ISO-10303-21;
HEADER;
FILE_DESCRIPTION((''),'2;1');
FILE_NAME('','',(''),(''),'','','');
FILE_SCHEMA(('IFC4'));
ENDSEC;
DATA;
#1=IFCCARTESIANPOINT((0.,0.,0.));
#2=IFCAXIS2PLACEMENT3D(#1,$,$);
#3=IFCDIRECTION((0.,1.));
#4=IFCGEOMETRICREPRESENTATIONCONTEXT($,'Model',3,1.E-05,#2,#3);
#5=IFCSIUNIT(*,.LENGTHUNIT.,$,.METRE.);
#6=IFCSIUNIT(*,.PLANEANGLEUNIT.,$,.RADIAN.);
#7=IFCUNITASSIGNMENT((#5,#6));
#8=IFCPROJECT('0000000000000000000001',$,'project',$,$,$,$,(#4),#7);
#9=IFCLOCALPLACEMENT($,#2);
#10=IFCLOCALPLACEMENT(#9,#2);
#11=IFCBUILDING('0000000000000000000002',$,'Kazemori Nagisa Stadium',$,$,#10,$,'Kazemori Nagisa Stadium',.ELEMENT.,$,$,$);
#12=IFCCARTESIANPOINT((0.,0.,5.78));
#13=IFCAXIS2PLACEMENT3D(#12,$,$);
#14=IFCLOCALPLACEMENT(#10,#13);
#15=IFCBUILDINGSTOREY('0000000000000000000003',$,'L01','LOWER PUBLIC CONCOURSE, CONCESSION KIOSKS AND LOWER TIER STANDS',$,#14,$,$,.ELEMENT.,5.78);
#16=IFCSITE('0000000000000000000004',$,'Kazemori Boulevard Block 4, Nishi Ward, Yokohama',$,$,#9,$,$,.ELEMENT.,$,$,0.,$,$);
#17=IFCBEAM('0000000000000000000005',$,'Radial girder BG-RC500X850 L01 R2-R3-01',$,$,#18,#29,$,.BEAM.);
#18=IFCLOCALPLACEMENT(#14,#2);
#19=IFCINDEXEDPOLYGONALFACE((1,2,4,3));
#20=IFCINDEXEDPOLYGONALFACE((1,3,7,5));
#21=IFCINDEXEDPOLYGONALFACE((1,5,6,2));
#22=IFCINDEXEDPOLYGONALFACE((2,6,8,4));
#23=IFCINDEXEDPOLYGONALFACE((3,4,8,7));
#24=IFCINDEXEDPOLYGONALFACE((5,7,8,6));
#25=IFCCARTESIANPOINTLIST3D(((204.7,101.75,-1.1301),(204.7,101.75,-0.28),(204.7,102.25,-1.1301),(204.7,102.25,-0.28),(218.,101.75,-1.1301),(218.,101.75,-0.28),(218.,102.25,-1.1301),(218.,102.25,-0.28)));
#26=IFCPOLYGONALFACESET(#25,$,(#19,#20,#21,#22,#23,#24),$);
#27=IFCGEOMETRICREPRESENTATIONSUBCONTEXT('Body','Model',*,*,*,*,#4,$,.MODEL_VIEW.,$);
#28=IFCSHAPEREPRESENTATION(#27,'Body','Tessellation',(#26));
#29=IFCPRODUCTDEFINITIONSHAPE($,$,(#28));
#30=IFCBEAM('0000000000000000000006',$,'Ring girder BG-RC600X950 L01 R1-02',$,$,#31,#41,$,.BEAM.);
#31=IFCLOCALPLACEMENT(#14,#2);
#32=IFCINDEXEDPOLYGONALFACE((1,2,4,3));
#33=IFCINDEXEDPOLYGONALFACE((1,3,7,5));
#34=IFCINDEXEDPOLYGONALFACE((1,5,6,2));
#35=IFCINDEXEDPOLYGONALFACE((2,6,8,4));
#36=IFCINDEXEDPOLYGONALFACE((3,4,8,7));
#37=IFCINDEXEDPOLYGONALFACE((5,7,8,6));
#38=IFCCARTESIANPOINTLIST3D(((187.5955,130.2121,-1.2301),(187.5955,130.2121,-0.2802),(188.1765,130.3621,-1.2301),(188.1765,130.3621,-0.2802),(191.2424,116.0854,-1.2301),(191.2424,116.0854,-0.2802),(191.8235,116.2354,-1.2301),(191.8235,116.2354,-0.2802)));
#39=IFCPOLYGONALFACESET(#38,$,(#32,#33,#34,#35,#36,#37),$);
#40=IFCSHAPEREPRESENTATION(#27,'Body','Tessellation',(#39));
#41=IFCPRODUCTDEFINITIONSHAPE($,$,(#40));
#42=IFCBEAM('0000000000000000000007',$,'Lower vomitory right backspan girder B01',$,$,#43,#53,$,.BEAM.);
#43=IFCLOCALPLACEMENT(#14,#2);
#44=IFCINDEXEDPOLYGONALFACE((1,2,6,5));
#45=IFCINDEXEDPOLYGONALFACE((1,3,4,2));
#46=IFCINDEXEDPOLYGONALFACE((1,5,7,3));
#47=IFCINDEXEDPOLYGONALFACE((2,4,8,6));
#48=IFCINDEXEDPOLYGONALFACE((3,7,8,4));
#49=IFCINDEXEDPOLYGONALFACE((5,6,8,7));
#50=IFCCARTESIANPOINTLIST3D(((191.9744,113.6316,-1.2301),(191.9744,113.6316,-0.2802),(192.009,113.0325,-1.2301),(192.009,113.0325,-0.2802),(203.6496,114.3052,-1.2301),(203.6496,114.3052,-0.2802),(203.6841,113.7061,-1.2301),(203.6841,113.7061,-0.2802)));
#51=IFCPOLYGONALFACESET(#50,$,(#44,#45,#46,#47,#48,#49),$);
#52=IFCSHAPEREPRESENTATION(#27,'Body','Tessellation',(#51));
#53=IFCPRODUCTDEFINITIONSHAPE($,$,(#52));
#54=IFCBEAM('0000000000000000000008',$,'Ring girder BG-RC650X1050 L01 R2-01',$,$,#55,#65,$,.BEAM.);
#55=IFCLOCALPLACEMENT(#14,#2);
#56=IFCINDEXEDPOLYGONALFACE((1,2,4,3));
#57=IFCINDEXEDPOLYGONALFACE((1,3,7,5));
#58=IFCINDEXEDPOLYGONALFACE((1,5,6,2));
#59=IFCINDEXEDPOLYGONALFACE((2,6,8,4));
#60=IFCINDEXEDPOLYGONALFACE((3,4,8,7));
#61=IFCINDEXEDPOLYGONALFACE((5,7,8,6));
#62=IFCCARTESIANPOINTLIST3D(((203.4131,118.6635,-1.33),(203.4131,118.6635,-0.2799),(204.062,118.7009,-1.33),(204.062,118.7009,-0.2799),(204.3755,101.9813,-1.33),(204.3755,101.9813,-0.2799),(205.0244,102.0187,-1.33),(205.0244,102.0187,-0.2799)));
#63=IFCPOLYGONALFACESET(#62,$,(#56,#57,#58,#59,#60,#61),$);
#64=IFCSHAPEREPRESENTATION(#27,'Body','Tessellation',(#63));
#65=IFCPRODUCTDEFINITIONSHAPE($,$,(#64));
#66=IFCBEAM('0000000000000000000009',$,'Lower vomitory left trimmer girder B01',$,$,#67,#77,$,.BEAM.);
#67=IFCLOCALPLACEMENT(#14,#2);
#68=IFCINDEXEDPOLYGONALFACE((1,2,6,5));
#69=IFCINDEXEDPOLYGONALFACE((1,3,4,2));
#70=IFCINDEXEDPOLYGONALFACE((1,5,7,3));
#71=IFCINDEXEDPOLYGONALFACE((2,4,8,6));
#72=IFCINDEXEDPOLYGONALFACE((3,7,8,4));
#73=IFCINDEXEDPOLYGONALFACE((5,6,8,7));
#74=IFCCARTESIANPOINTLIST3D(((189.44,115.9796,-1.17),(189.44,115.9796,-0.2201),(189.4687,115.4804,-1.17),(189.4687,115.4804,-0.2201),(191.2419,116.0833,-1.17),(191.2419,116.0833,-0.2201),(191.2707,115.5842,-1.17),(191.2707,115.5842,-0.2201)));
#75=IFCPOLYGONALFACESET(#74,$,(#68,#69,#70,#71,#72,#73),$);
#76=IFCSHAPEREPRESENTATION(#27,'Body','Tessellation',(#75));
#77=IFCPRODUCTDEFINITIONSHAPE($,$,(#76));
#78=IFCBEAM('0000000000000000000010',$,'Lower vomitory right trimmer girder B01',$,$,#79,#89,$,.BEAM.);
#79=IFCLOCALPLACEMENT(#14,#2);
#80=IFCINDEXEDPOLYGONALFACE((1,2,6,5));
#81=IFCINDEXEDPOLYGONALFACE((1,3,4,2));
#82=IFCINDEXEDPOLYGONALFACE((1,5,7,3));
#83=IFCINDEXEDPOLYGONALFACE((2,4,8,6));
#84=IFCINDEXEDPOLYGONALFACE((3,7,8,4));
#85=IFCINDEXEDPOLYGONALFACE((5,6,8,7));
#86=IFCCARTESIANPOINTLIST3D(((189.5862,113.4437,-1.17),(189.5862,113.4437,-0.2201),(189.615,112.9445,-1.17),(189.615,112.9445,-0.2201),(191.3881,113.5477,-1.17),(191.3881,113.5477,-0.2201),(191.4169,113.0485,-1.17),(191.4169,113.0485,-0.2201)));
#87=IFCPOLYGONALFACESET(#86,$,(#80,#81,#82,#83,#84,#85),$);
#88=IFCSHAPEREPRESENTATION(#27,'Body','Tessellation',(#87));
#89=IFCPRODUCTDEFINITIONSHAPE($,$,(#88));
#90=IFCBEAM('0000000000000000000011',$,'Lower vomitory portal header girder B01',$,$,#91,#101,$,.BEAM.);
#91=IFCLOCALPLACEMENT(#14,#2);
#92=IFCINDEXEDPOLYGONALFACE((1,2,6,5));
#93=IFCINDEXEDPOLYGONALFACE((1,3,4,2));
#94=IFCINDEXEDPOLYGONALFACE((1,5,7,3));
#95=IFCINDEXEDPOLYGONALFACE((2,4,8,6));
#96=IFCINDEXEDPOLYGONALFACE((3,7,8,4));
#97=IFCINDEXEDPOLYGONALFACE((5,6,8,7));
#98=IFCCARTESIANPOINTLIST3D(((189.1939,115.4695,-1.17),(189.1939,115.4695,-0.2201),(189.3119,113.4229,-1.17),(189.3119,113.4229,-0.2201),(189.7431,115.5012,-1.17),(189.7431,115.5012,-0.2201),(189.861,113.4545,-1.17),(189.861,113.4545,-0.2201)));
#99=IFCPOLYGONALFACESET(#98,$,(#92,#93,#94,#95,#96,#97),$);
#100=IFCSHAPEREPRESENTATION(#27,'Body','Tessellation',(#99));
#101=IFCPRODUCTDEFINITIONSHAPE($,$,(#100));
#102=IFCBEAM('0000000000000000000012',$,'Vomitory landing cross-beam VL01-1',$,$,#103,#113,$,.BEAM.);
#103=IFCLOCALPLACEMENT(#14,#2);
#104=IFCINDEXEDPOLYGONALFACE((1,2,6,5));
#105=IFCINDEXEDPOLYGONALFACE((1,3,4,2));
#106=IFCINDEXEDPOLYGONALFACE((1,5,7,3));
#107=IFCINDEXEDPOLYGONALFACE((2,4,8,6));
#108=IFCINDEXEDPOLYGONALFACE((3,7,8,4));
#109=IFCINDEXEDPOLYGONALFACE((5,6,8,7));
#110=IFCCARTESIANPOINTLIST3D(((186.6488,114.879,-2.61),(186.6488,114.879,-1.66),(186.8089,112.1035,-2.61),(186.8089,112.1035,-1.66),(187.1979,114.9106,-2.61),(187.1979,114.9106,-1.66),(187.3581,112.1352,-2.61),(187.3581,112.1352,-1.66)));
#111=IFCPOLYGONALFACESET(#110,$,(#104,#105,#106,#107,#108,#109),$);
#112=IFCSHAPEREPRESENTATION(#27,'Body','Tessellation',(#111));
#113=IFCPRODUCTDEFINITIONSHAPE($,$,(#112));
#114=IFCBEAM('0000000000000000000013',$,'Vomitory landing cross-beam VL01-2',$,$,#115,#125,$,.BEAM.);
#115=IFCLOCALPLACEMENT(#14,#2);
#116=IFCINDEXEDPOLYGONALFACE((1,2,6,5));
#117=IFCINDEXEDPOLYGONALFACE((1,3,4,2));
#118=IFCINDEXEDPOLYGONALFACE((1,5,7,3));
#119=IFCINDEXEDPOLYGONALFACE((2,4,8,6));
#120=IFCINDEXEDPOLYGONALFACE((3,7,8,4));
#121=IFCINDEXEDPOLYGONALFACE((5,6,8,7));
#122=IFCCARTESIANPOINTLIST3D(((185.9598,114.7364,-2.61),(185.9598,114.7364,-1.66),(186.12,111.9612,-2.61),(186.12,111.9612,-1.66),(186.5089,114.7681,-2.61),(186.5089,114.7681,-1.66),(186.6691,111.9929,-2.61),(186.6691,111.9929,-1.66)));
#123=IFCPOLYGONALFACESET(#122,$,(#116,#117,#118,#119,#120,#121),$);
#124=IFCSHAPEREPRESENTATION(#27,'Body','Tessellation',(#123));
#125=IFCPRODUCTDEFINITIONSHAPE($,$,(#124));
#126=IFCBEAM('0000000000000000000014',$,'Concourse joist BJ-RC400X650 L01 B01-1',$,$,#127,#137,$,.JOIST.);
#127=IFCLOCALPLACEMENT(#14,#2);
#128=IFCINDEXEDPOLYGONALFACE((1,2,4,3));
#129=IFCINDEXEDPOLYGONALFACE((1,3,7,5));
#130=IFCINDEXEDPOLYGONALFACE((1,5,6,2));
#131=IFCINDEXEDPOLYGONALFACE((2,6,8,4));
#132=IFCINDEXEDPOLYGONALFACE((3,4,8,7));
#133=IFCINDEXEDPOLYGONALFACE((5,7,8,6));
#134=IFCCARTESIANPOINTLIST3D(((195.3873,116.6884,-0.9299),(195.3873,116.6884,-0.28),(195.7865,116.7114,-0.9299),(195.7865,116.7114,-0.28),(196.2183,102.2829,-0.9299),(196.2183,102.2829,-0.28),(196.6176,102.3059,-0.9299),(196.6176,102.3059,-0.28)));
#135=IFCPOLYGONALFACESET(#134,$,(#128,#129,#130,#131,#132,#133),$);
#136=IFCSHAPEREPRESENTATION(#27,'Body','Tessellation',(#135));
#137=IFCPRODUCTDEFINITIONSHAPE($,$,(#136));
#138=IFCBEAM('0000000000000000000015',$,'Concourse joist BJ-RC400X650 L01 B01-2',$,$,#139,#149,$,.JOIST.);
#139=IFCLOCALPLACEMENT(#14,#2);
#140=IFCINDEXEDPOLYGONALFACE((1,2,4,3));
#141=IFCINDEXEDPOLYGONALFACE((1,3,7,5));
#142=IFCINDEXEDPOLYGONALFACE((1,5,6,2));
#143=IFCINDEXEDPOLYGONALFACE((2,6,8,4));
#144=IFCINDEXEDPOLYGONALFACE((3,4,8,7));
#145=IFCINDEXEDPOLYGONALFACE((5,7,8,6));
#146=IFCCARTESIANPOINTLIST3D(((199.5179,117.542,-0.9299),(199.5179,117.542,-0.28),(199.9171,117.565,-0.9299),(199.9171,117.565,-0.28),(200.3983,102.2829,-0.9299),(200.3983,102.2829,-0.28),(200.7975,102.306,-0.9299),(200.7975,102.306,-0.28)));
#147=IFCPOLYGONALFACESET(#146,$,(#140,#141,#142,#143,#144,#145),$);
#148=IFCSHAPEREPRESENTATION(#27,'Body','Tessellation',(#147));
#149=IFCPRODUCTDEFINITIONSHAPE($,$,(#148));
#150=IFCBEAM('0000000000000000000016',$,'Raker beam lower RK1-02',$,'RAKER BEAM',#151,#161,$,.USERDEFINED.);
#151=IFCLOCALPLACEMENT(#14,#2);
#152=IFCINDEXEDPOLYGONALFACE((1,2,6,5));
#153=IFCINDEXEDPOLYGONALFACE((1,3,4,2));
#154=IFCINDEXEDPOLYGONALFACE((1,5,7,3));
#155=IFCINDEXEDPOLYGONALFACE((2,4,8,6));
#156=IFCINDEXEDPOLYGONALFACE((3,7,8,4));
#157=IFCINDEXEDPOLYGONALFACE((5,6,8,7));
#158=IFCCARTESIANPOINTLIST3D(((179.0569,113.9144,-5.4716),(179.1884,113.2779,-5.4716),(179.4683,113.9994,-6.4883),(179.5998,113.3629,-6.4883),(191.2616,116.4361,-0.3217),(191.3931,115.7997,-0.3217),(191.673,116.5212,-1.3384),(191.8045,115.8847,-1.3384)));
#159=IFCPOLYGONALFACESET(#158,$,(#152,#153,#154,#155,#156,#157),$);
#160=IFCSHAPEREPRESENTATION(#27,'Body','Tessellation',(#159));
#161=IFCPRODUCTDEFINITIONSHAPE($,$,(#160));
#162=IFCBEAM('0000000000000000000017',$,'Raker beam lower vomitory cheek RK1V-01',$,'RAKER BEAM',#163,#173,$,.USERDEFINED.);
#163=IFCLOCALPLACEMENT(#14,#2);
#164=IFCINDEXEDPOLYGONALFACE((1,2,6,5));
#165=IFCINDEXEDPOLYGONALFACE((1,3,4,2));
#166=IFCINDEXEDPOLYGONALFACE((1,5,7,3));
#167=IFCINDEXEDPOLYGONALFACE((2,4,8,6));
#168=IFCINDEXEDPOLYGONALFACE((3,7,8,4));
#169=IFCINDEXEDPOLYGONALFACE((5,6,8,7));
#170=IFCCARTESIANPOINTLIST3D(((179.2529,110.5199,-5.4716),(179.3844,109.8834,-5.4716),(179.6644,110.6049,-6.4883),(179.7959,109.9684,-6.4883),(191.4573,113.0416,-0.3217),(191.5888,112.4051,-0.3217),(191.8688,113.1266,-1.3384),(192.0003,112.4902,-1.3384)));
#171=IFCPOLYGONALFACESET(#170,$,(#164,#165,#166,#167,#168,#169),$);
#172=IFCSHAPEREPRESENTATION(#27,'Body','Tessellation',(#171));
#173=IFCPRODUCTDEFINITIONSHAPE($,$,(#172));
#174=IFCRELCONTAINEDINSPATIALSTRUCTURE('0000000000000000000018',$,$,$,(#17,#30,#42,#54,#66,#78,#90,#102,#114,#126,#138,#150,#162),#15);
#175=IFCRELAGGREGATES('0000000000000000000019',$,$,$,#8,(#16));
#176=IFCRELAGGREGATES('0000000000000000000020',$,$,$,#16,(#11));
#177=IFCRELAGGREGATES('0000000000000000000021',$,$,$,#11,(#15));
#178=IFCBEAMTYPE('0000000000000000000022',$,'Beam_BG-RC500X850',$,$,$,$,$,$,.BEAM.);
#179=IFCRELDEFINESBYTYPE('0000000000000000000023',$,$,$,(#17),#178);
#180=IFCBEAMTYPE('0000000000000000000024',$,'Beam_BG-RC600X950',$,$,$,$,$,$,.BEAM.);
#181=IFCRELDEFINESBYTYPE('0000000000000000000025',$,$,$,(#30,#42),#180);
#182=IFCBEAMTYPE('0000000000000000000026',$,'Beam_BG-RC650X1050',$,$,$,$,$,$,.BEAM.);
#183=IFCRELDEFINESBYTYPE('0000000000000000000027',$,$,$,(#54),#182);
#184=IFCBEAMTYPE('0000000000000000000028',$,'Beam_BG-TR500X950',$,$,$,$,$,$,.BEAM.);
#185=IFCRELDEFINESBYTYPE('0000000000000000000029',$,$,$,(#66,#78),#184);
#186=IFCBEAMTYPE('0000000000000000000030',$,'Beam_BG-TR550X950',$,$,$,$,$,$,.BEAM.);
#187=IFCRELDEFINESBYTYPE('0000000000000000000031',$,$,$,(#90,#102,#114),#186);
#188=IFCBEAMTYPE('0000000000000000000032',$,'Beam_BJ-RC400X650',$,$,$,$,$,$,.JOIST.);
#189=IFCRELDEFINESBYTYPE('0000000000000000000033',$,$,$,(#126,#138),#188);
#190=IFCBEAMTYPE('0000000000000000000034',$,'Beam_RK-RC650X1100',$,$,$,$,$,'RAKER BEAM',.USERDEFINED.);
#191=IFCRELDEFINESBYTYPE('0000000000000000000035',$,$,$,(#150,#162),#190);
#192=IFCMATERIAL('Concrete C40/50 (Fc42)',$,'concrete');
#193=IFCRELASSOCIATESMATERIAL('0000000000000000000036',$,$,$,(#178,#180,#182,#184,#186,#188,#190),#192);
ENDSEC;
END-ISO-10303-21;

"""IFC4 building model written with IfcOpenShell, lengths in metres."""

from ifc_helpers import new_model, si_unit, direction, frame, origin, origin_2d, place, context, subcontext, project, spatial, rectangle, extrude, material, material_profile, profile_set, type_object, element, save


model = new_model("IFC4")

# Units and contexts
model_context = context("Model", 3, precision=1e-05, world=origin(), true_north=direction((0.0, 1.0)))
body_context = subcontext(model_context, "Body", "Model", "MODEL_VIEW")
ifc_project = project(units=[si_unit("LENGTHUNIT", "METRE"), si_unit("PLANEANGLEUNIT", "RADIAN")], contexts=[model_context])

# Site, building, storey
site_placement = place(None, origin())
site = spatial("IfcSite", under=ifc_project, at=site_placement, Name="Kazemori Boulevard Block 4, Nishi Ward, Yokohama", CompositionType="ELEMENT", RefElevation=0.0)
building_placement = place(site_placement, origin())
building = spatial("IfcBuilding", under=site, at=building_placement, Name="Kazemori Nagisa Stadium", LongName="Kazemori Nagisa Stadium", CompositionType="ELEMENT")
storey_placement = place(building_placement, frame((0.0, 0.0, 5.78)))
storey = spatial("IfcBuildingStorey", under=building, at=storey_placement, Name="L01", Description="LOWER PUBLIC CONCOURSE, CONCESSION KIOSKS AND LOWER TIER STANDS", CompositionType="ELEMENT", Elevation=5.78)

# Shared definitions
ifc_material_1 = material(Name="Concrete C40/50 (Fc42)", Category="concrete")

# Beams
ifc_material_profile_1 = material_profile(ifc_material_1, rectangle(XDim=0.5, YDim=0.8501, at=origin_2d()), Name="RC-BM-500x850")
ifc_profile_set_1 = profile_set([ifc_material_profile_1], Name="Concrete C40/50 (Fc42)")
beam_type_1 = type_object("IfcBeamType", Name="Beam_BG-RC500X850", PredefinedType="BEAM", material=ifc_profile_set_1)
beam_1_placement = place(storey_placement, frame((204.7, 102.0, -0.7051), z_axis=(1.0, 0.0, 0.0), x_axis=(0.0, 1.0, 0.0)))
element("IfcBeam", 1, at=beam_1_placement, inside=storey, type_object=beam_type_1, Name="Radial girder BG-RC500X850 L01 R2-R3-01", PredefinedType="BEAM", context=body_context, shape_type="SweptSolid", body=[
    extrude(rectangle(XDim=0.5, YDim=0.8501, at=origin_2d()), origin(), (0.0, 0.0, 1.0), 13.3),
])
ifc_material_profile_2 = material_profile(ifc_material_1, rectangle(XDim=0.6001, YDim=0.95, at=origin_2d()), Name="RC-BM-600x950")
ifc_profile_set_2 = profile_set([ifc_material_profile_2], Name="Concrete C40/50 (Fc42)")
beam_type_2 = type_object("IfcBeamType", Name="Beam_BG-RC600X950", PredefinedType="BEAM", material=ifc_profile_set_2)
beam_2_placement = place(storey_placement, frame((191.533, 116.1604, -0.7551), z_axis=(-0.249966, 0.968255, 0.0), x_axis=(-0.968255, -0.249966, 0.0)))
element("IfcBeam", 2, at=beam_2_placement, inside=storey, type_object=beam_type_2, Name="Ring girder BG-RC600X950 L01 R1-02", PredefinedType="BEAM", context=body_context, shape_type="SweptSolid", body=[
    extrude(rectangle(XDim=0.6001, YDim=0.95, at=origin_2d()), origin(), (0.0, 0.0, 1.0), 14.5898),
])
beam_3_placement = place(storey_placement, frame((191.9917, 113.332, -0.7551), z_axis=(0.99834, 0.057599, 0.0), x_axis=(-0.057599, 0.99834, 0.0)))
element("IfcBeam", 3, at=beam_3_placement, inside=storey, type_object=beam_type_2, Name="Lower vomitory right backspan girder B01", PredefinedType="BEAM", context=body_context, shape_type="SweptSolid", body=[
    extrude(rectangle(XDim=0.6001, YDim=0.95, at=origin_2d()), origin(), (0.0, 0.0, 1.0), 11.6946),
])
ifc_material_profile_3 = material_profile(ifc_material_1, rectangle(XDim=0.6499, YDim=1.05, at=origin_2d()), Name="RC-BM-650x1050")
ifc_profile_set_3 = profile_set([ifc_material_profile_3], Name="Concrete C40/50 (Fc42)")
beam_type_3 = type_object("IfcBeamType", Name="Beam_BG-RC650X1050", PredefinedType="BEAM", material=ifc_profile_set_3)
beam_4_placement = place(storey_placement, frame((204.7, 102.0, -0.8049), z_axis=(-0.057595, 0.99834, 0.0), x_axis=(-0.99834, -0.057595, 0.0)))
element("IfcBeam", 4, at=beam_4_placement, inside=storey, type_object=beam_type_3, Name="Ring girder BG-RC650X1050 L01 R2-01", PredefinedType="BEAM", context=body_context, shape_type="SweptSolid", body=[
    extrude(rectangle(XDim=0.6499, YDim=1.05, at=origin_2d()), origin(), (0.0, 0.0, 1.0), 16.71),
])
ifc_material_profile_4 = material_profile(ifc_material_1, rectangle(XDim=0.5, YDim=0.95, at=origin_2d()), Name="RC-BM-500x950")
ifc_profile_set_4 = profile_set([ifc_material_profile_4], Name="Concrete C40/50 (Fc42)")
beam_type_4 = type_object("IfcBeamType", Name="Beam_BG-TR500X950", PredefinedType="BEAM", material=ifc_profile_set_4)
for number, where, z_axis, x_axis, name in (
    (5, (189.4543, 115.73, -0.6951), (0.998346, 0.057485, 0.0), (-0.057485, 0.998346, 0.0), "Lower vomitory left trimmer girder B01"),
    (6, (189.6006, 113.1941, -0.6951), (0.998339, 0.05762, 0.0), (-0.05762, 0.998339, 0.0), "Lower vomitory right trimmer girder B01"),
):
    element("IfcBeam", number, at=place(storey_placement, frame(where, z_axis=z_axis, x_axis=x_axis)), inside=storey, type_object=beam_type_4, Name=name, PredefinedType="BEAM", context=body_context, shape_type="SweptSolid", body=[
        extrude(rectangle(XDim=0.5, YDim=0.95, at=origin_2d()), origin(), (0.0, 0.0, 1.0), 1.8049),
    ])
ifc_material_profile_5 = material_profile(ifc_material_1, rectangle(XDim=0.55, YDim=0.95, at=origin_2d()), Name="RC-BM-550x950")
ifc_profile_set_5 = profile_set([ifc_material_profile_5], Name="Concrete C40/50 (Fc42)")
beam_type_5 = type_object("IfcBeamType", Name="Beam_BG-TR550X950", PredefinedType="BEAM", material=ifc_profile_set_5)
beam_5_placement = place(storey_placement, frame((189.4685, 115.4854, -0.6951), z_axis=(0.057521, -0.998344, 0.0), x_axis=(0.998344, 0.057521, 0.0)))
element("IfcBeam", 7, at=beam_5_placement, inside=storey, type_object=beam_type_5, Name="Lower vomitory portal header girder B01", PredefinedType="BEAM", context=body_context, shape_type="SweptSolid", body=[
    extrude(rectangle(XDim=0.55, YDim=0.95, at=origin_2d()), origin(), (0.0, 0.0, 1.0), 2.05),
])
beam_6_placement = place(storey_placement, frame((187.0835, 112.1194, -2.135), z_axis=(-0.05761, 0.998339, 0.0), x_axis=(-0.998339, -0.05761, 0.0)))
element("IfcBeam", 8, at=beam_6_placement, inside=storey, type_object=beam_type_5, Name="Vomitory landing cross-beam VL01-1", PredefinedType="BEAM", context=body_context, shape_type="SweptSolid", body=[
    extrude(rectangle(XDim=0.55, YDim=0.95, at=origin_2d()), origin(), (0.0, 0.0, 1.0), 2.78),
])
beam_7_placement = place(storey_placement, frame((186.3945, 111.9771, -2.135), z_axis=(-0.057615, 0.998339, 0.0), x_axis=(-0.998339, -0.057615, 0.0)))
element("IfcBeam", 9, at=beam_7_placement, inside=storey, type_object=beam_type_5, Name="Vomitory landing cross-beam VL01-2", PredefinedType="BEAM", context=body_context, shape_type="SweptSolid", body=[
    extrude(rectangle(XDim=0.55, YDim=0.95, at=origin_2d()), origin(), (0.0, 0.0, 1.0), 2.7798),
])
ifc_material_profile_6 = material_profile(ifc_material_1, rectangle(XDim=0.3999, YDim=0.6499, at=origin_2d()), Name="RC-BM-400x650")
ifc_profile_set_6 = profile_set([ifc_material_profile_6], Name="Concrete C40/50 (Fc42)")
beam_type_6 = type_object("IfcBeamType", Name="Beam_BJ-RC400X650", PredefinedType="JOIST", material=ifc_profile_set_6)
beam_8_placement = place(storey_placement, frame((196.418, 102.2944, -0.605), z_axis=(-0.057594, 0.99834, 0.0), x_axis=(-0.99834, -0.057594, 0.0)))
element("IfcBeam", 10, at=beam_8_placement, inside=storey, type_object=beam_type_6, Name="Concourse joist BJ-RC400X650 L01 B01-1", PredefinedType="JOIST", context=body_context, shape_type="SweptSolid", body=[
    extrude(rectangle(XDim=0.3999, YDim=0.6499, at=origin_2d()), origin(), (0.0, 0.0, 1.0), 14.4294),
])
beam_9_placement = place(storey_placement, frame((200.5979, 102.2944, -0.605), z_axis=(-0.057599, 0.99834, 0.0), x_axis=(-0.99834, -0.057599, 0.0)))
element("IfcBeam", 11, at=beam_9_placement, inside=storey, type_object=beam_type_6, Name="Concourse joist BJ-RC400X650 L01 B01-2", PredefinedType="JOIST", context=body_context, shape_type="SweptSolid", body=[
    extrude(rectangle(XDim=0.3999, YDim=0.6499, at=origin_2d()), origin(), (0.0, 0.0, 1.0), 15.2844),
])
ifc_material_profile_7 = material_profile(ifc_material_1, rectangle(XDim=0.6499, YDim=1.1001, at=origin_2d()), Name="RC-RK-650x1100")
ifc_profile_set_7 = profile_set([ifc_material_profile_7], Name="Concrete C40/50 (Fc42)")
beam_type_7 = type_object("IfcBeamType", Name="Beam_RK-RC650X1100", ElementType="RAKER BEAM", PredefinedType="USERDEFINED", material=ifc_profile_set_7)
beam_10_placement = place(storey_placement, frame((179.3284, 113.6387, -5.98), z_axis=(0.905081, 0.187009, 0.381912), x_axis=(-0.202347, 0.979314, 0.0)))
element("IfcBeam", 12, at=beam_10_placement, inside=storey, type_object=beam_type_7, Name="Raker beam lower RK1-02", ObjectType="RAKER BEAM", PredefinedType="USERDEFINED", context=body_context, shape_type="SweptSolid", body=[
    extrude(rectangle(XDim=0.6499, YDim=1.1001, at=origin_2d()), origin(), (0.0, 0.0, 1.0), 13.4846),
])
beam_11_placement = place(storey_placement, frame((179.5244, 110.2441, -5.98), z_axis=(0.905077, 0.187012, 0.381918), x_axis=(-0.202351, 0.979313, 0.0)))
element("IfcBeam", 13, at=beam_11_placement, inside=storey, type_object=beam_type_7, Name="Raker beam lower vomitory cheek RK1V-01", ObjectType="RAKER BEAM", PredefinedType="USERDEFINED", context=body_context, shape_type="SweptSolid", body=[
    extrude(rectangle(XDim=0.6499, YDim=1.1001, at=origin_2d()), origin(), (0.0, 0.0, 1.0), 13.4844),
])

save(model, "model.ifc")
